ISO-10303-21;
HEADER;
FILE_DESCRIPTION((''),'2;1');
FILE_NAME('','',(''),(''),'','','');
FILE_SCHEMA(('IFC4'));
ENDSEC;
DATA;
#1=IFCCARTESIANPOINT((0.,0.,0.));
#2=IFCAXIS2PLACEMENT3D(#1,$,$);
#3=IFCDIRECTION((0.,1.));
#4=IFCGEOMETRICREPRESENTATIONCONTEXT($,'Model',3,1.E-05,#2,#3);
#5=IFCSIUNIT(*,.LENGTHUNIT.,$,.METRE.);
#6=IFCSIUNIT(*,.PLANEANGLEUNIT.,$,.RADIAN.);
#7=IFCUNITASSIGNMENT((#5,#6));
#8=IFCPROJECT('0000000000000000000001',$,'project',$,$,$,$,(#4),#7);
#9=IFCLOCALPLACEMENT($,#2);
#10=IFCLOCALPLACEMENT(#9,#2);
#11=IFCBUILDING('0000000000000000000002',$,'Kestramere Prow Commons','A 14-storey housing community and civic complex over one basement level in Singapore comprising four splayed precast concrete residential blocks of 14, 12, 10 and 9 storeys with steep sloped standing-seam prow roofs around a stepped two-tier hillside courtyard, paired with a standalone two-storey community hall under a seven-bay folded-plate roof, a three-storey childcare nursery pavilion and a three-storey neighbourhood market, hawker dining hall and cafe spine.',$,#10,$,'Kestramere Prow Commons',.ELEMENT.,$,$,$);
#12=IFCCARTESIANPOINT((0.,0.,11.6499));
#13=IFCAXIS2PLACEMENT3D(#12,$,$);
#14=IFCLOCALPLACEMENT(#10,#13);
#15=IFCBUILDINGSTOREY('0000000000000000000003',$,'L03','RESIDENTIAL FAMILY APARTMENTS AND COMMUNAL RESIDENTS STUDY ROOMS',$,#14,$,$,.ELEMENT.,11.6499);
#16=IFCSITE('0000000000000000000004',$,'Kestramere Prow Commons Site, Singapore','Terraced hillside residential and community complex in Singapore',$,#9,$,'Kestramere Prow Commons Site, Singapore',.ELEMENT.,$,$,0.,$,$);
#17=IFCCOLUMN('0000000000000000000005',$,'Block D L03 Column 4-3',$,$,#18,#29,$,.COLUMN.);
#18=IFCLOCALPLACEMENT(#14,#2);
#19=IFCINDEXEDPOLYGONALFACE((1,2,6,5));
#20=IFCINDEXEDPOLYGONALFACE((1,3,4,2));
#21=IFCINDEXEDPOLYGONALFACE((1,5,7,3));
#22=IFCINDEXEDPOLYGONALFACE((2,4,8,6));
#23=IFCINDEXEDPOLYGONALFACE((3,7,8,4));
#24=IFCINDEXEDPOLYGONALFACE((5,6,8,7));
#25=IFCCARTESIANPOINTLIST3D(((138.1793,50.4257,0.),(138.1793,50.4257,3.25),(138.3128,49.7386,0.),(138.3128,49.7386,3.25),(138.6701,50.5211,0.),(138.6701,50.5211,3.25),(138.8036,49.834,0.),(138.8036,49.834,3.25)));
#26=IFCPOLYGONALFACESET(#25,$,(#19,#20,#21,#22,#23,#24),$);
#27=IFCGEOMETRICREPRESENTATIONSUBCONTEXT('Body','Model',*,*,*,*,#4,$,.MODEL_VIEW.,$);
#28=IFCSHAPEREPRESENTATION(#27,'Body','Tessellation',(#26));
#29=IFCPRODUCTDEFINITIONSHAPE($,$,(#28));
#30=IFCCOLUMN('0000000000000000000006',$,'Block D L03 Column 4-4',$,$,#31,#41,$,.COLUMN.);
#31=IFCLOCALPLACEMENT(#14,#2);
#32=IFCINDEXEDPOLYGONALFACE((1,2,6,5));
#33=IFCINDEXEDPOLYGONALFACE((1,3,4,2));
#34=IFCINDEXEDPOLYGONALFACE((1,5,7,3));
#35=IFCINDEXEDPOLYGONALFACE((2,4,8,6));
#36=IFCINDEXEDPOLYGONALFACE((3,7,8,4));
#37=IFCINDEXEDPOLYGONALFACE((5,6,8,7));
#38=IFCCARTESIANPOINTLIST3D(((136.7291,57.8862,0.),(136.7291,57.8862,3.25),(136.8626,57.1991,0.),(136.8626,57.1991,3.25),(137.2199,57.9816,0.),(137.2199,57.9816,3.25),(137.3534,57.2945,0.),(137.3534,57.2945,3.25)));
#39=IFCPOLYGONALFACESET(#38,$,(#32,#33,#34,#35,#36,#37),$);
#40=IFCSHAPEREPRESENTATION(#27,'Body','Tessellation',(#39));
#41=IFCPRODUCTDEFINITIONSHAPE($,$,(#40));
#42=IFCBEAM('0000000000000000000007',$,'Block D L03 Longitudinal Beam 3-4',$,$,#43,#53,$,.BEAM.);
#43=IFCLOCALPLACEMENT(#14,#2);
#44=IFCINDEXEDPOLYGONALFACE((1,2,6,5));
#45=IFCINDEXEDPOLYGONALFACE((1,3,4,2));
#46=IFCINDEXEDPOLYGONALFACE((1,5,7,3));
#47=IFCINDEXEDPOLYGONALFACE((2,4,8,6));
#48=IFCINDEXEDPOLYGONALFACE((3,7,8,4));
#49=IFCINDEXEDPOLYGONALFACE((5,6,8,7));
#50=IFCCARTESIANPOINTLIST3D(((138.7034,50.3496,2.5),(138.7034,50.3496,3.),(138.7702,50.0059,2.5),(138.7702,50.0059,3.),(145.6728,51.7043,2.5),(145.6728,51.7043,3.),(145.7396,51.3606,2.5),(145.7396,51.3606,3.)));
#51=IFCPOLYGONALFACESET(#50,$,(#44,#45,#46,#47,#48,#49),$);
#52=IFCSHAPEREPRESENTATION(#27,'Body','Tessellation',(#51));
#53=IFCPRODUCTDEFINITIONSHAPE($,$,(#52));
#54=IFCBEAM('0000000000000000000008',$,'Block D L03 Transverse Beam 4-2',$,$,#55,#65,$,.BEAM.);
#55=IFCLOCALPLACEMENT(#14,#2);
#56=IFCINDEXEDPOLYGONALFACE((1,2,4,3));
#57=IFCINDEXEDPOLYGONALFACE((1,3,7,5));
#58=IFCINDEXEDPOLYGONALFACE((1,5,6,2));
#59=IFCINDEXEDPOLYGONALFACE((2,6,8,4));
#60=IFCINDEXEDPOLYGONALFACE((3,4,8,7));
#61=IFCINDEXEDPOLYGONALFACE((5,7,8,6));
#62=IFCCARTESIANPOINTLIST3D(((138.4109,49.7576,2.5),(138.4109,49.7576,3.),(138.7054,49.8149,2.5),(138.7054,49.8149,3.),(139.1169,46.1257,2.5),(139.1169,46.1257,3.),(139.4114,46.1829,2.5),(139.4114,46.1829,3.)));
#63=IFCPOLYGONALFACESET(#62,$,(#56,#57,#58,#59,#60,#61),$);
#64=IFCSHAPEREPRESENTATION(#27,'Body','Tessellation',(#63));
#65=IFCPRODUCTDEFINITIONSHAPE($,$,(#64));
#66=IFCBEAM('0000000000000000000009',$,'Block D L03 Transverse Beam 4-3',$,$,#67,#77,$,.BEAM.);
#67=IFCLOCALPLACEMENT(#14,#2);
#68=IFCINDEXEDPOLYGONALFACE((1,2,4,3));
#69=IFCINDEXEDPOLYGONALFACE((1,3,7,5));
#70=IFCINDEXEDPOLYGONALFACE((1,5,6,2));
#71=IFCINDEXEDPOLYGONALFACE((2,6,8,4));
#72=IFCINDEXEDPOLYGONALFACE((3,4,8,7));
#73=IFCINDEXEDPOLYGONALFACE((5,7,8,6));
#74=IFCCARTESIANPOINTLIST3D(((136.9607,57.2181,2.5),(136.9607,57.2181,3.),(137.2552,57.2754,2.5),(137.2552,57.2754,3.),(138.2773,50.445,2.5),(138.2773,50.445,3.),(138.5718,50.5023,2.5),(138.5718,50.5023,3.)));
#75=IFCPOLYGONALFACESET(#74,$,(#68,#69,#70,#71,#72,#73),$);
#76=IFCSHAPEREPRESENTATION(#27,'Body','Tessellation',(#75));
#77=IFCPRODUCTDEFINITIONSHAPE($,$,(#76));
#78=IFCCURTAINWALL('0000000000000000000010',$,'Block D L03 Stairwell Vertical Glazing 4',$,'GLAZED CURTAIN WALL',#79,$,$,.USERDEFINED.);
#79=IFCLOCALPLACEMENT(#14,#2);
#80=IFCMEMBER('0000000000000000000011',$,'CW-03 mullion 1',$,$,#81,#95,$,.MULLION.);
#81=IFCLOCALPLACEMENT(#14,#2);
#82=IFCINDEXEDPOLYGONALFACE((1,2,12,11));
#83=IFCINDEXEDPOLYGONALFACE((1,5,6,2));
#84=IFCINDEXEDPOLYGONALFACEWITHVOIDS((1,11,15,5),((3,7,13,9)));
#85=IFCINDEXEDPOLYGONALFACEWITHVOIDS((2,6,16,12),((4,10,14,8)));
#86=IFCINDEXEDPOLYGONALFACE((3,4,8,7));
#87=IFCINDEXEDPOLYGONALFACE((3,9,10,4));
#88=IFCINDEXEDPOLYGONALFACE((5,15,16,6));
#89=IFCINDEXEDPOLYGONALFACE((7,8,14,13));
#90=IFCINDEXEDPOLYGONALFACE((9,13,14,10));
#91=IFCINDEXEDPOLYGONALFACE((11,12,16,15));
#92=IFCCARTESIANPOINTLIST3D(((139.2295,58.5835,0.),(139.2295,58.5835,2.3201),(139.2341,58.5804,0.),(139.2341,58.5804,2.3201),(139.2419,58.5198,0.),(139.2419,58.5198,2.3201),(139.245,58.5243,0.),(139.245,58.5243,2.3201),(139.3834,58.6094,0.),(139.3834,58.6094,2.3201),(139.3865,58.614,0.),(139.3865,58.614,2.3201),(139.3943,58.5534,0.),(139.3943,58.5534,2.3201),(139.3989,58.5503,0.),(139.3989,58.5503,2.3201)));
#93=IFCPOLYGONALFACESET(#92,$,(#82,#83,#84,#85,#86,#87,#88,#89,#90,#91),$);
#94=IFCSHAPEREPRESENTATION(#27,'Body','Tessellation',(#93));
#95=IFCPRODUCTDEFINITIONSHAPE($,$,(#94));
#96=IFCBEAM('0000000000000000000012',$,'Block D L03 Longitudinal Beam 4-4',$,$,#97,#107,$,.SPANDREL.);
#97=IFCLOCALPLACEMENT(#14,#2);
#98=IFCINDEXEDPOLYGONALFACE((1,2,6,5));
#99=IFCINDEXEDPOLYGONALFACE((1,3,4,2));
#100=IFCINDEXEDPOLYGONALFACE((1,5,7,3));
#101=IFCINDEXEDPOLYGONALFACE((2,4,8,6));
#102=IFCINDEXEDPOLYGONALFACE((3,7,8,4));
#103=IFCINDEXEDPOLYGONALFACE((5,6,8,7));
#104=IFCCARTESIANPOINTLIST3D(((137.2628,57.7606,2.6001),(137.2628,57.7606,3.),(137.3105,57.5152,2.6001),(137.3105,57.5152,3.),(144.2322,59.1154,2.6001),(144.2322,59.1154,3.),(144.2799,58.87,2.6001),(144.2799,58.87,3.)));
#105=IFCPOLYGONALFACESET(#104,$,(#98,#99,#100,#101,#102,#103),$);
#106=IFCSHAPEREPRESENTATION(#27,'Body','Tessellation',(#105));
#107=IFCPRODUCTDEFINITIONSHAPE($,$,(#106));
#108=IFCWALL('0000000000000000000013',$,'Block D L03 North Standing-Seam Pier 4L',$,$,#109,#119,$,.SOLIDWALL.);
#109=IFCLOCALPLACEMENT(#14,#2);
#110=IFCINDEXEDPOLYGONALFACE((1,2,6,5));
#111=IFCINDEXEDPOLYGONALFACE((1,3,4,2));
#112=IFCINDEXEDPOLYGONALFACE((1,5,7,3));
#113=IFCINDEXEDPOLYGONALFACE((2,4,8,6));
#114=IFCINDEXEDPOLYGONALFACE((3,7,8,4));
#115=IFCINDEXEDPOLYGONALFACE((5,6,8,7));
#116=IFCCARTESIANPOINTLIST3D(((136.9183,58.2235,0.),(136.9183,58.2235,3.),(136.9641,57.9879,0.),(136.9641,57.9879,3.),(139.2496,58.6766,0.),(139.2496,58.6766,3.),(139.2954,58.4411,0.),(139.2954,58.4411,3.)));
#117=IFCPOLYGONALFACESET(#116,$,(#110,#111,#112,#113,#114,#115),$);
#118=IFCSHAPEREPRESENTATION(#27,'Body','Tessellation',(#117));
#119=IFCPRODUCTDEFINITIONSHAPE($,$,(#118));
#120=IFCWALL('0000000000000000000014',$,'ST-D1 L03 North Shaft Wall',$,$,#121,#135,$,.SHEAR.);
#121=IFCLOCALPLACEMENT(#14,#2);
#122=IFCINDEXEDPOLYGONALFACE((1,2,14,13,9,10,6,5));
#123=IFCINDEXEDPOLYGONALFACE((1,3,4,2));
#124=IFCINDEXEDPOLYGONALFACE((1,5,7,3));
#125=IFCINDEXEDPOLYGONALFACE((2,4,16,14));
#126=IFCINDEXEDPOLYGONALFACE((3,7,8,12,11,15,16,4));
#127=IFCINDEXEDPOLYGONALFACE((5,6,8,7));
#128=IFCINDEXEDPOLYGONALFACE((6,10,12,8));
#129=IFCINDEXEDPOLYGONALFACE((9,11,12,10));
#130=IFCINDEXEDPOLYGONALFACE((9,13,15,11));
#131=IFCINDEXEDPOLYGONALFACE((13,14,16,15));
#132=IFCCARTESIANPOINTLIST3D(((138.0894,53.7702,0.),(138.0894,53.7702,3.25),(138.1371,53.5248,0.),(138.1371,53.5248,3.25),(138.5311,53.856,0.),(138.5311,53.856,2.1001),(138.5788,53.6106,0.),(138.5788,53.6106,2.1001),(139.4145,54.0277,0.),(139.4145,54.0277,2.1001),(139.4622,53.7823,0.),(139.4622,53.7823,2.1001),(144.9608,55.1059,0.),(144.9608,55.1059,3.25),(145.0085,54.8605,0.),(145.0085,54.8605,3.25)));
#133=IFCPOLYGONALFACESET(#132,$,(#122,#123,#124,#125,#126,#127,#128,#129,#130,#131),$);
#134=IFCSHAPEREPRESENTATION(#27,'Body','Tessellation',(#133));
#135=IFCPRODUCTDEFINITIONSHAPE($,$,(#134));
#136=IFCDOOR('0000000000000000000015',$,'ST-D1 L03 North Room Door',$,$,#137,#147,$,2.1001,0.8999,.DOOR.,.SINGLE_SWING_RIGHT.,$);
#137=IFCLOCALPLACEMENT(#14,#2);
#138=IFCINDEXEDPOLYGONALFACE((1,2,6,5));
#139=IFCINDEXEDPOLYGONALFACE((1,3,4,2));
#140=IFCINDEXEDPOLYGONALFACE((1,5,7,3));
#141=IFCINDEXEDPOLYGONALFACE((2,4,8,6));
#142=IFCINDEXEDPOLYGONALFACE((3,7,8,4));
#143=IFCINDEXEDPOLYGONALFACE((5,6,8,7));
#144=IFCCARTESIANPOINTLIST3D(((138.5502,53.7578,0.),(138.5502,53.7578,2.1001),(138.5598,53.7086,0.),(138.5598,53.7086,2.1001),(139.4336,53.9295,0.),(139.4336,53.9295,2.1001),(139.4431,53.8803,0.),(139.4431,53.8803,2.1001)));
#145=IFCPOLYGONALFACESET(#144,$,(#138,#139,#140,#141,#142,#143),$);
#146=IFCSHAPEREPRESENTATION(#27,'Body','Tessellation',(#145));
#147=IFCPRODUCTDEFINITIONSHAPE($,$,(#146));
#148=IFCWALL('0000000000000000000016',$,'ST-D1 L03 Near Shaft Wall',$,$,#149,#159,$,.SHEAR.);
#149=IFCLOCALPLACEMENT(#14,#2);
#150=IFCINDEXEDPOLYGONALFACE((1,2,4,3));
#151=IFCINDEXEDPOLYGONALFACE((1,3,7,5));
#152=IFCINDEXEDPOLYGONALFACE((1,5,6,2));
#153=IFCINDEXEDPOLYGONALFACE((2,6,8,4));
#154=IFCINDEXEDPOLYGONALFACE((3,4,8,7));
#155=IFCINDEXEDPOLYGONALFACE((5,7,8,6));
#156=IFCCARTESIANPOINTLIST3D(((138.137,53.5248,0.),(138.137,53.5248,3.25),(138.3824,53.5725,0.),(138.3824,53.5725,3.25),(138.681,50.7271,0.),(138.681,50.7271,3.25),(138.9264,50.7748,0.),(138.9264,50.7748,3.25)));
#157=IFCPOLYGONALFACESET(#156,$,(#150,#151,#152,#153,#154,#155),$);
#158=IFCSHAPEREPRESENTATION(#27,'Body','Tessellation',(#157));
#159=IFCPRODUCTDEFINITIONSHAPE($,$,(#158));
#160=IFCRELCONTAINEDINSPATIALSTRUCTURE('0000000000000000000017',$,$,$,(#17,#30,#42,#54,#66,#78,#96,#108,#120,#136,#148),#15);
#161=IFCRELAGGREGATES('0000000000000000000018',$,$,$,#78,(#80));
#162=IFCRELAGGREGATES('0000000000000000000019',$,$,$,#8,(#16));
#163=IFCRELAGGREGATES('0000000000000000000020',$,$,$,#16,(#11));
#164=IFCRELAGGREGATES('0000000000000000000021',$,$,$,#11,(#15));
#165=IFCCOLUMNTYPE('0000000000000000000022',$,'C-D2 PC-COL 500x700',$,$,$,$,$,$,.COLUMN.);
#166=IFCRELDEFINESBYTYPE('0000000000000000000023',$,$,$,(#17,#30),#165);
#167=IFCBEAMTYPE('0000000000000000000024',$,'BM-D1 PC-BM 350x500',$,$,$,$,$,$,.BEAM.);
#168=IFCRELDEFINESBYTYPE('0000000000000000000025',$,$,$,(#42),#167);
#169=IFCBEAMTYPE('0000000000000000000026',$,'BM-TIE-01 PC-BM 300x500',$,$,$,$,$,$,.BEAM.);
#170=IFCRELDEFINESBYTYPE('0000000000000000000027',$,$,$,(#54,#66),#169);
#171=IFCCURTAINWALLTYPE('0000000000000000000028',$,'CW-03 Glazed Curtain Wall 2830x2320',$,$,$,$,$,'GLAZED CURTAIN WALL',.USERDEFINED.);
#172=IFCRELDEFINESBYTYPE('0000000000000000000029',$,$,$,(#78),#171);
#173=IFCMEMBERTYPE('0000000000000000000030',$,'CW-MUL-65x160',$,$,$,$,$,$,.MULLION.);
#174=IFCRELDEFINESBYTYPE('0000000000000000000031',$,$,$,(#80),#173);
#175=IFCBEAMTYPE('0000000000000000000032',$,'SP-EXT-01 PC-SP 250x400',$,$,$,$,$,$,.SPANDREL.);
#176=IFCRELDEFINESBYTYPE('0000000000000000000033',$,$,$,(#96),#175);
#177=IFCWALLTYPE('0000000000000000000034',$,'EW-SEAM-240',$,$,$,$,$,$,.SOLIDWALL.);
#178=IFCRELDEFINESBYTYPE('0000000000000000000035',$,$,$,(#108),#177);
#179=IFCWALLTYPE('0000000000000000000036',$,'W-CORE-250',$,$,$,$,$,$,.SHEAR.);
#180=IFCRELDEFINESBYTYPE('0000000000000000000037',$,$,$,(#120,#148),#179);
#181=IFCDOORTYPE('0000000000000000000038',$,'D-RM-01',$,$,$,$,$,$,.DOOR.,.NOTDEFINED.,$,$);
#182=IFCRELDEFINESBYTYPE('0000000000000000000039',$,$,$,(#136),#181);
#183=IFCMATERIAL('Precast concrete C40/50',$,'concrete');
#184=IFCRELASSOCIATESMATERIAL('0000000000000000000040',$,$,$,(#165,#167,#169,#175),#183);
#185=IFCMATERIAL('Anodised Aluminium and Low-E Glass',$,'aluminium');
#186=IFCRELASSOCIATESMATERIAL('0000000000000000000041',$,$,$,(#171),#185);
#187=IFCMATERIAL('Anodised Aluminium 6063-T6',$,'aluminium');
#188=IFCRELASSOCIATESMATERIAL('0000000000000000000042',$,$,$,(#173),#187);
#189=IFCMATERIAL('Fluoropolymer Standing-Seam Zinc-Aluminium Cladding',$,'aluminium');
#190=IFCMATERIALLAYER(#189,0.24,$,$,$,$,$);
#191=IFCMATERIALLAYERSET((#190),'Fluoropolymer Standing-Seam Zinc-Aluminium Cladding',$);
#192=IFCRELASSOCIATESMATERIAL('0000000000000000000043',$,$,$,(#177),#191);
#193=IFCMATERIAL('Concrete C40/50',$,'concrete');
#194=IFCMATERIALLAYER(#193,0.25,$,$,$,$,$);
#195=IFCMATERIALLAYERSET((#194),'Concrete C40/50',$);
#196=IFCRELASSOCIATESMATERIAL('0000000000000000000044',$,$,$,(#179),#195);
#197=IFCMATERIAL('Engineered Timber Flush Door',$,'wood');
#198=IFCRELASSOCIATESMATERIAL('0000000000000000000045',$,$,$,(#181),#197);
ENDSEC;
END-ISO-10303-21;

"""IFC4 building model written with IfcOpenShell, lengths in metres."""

from ifc_helpers import new_model, si_unit, direction, frame, frame_2d, origin, origin_2d, place, context, subcontext, project, spatial, rectangle, hollow_rectangle, extrude, material, layer, layer_set, material_profile, profile_set, type_object, element, fill, aggregate, save


model = new_model("IFC4")

# Units and contexts
model_context = context("Model", 3, precision=1e-05, world=origin(), true_north=direction((0.0, 1.0)))
body_context = subcontext(model_context, "Body", "Model", "MODEL_VIEW")
ifc_project = project(units=[si_unit("LENGTHUNIT", "METRE"), si_unit("PLANEANGLEUNIT", "RADIAN")], contexts=[model_context])

# Site, building, storey
site_placement = place(None, origin())
site = spatial("IfcSite", under=ifc_project, at=site_placement, Name="Kestramere Prow Commons Site, Singapore", Description="Terraced hillside residential and community complex in Singapore", LongName="Kestramere Prow Commons Site, Singapore", CompositionType="ELEMENT", RefElevation=0.0)
building_placement = place(site_placement, origin())
building = spatial("IfcBuilding", under=site, at=building_placement, Name="Kestramere Prow Commons", Description="A 14-storey housing community and civic complex over one basement level in Singapore comprising four splayed precast concrete residential blocks of 14, 12, 10 and 9 storeys with steep sloped standing-seam prow roofs around a stepped two-tier hillside courtyard, paired with a standalone two-storey community hall under a seven-bay folded-plate roof, a three-storey childcare nursery pavilion and a three-storey neighbourhood market, hawker dining hall and cafe spine.", LongName="Kestramere Prow Commons", CompositionType="ELEMENT")
storey_placement = place(building_placement, frame((0.0, 0.0, 11.6499)))
storey = spatial("IfcBuildingStorey", under=building, at=storey_placement, Name="L03", Description="RESIDENTIAL FAMILY APARTMENTS AND COMMUNAL RESIDENTS STUDY ROOMS", CompositionType="ELEMENT", Elevation=11.6499)

# Columns
ifc_material_1 = material(Name="Precast concrete C40/50", Category="concrete")
ifc_material_profile_1 = material_profile(ifc_material_1, rectangle(XDim=0.5, YDim=0.7, at=origin_2d()), Name="PC-COL 500x700")
ifc_profile_set_1 = profile_set([ifc_material_profile_1], Name="Precast concrete C40/50")
column_type = type_object("IfcColumnType", Name="C-D2 PC-COL 500x700", PredefinedType="COLUMN", material=ifc_profile_set_1)
for number, where, z_axis, x_axis, name in (
    (1, (138.4915, 50.1299, 0.0), (0.0, 0.0, 1.0), (0.981627, 0.190809, 0.0), "Block D L03 Column 4-3"),
    (2, (137.0413, 57.5903, 0.0), (0.0, 0.0, 1.0), (0.981627, 0.190809, 0.0), "Block D L03 Column 4-4"),
):
    element("IfcColumn", number, at=place(storey_placement, frame(where, z_axis=z_axis, x_axis=x_axis)), inside=storey, type_object=column_type, Name=name, PredefinedType="COLUMN", context=body_context, shape_type="SweptSolid", body=[
        extrude(rectangle(XDim=0.5, YDim=0.7, at=origin_2d()), origin(), (0.0, 0.0, 1.0), 3.25),
    ])

# Beams
ifc_material_profile_2 = material_profile(ifc_material_1, rectangle(XDim=0.3501, YDim=0.5, at=origin_2d()), Name="PC-BM 350x500")
ifc_profile_set_2 = profile_set([ifc_material_profile_2], Name="Precast concrete C40/50")
beam_type_1 = type_object("IfcBeamType", Name="BM-D1 PC-BM 350x500", PredefinedType="BEAM", material=ifc_profile_set_2)
beam_1_placement = place(storey_placement, frame((138.7368, 50.1777, 2.75), z_axis=(0.981627, 0.19081, 0.0), x_axis=(-0.19081, 0.981627, 0.0)))
element("IfcBeam", 3, at=beam_1_placement, inside=storey, type_object=beam_type_1, Name="Block D L03 Longitudinal Beam 3-4", PredefinedType="BEAM", context=body_context, shape_type="SweptSolid", body=[
    extrude(rectangle(XDim=0.3501, YDim=0.5, at=origin_2d()), origin(), (0.0, 0.0, 1.0), 7.0999),
])
ifc_material_profile_3 = material_profile(ifc_material_1, rectangle(XDim=0.3, YDim=0.5, at=origin_2d()), Name="PC-BM 300x500")
ifc_profile_set_3 = profile_set([ifc_material_profile_3], Name="Precast concrete C40/50")
beam_type_2 = type_object("IfcBeamType", Name="BM-TIE-01 PC-BM 300x500", PredefinedType="BEAM", material=ifc_profile_set_3)
beam_2_placement = place(storey_placement, frame((139.2642, 46.1543, 2.75), z_axis=(-0.190822, 0.981625, 0.0), x_axis=(-0.981625, -0.190822, 0.0)))
element("IfcBeam", 4, at=beam_2_placement, inside=storey, type_object=beam_type_2, Name="Block D L03 Transverse Beam 4-2", PredefinedType="BEAM", context=body_context, shape_type="SweptSolid", body=[
    extrude(rectangle(XDim=0.3, YDim=0.5, at=origin_2d()), origin(), (0.0, 0.0, 1.0), 3.7),
])
beam_3_placement = place(storey_placement, frame((138.4246, 50.4736, 2.75), z_axis=(-0.190819, 0.981625, 0.0), x_axis=(-0.981625, -0.190819, 0.0)))
element("IfcBeam", 5, at=beam_3_placement, inside=storey, type_object=beam_type_2, Name="Block D L03 Transverse Beam 4-3", PredefinedType="BEAM", context=body_context, shape_type="SweptSolid", body=[
    extrude(rectangle(XDim=0.3, YDim=0.5, at=origin_2d()), origin(), (0.0, 0.0, 1.0), 6.8999),
])

# Curtain wall, member
ifc_material_2 = material(Name="Anodised Aluminium and Low-E Glass", Category="aluminium")
curtain_wall_type = type_object("IfcCurtainWallType", Name="CW-03 Glazed Curtain Wall 2830x2320", ElementType="GLAZED CURTAIN WALL", PredefinedType="USERDEFINED", material=ifc_material_2)
curtain_wall_placement = place(storey_placement, origin())
curtain_wall = element("IfcCurtainWall", 6, at=curtain_wall_placement, inside=storey, type_object=curtain_wall_type, Name="Block D L03 Stairwell Vertical Glazing 4", ObjectType="GLAZED CURTAIN WALL", PredefinedType="USERDEFINED")
ifc_material_3 = material(Name="Anodised Aluminium 6063-T6", Category="aluminium")
ifc_material_profile_4 = material_profile(ifc_material_3, hollow_rectangle(XDim=0.0649, YDim=0.1599, WallThickness=0.0039, at=origin_2d()), Name="ALU-MUL 65x160")
ifc_profile_set_4 = profile_set([ifc_material_profile_4], Name="Anodised Aluminium 6063-T6")
member_type = type_object("IfcMemberType", Name="CW-MUL-65x160", PredefinedType="MULLION", material=ifc_profile_set_4)
member_placement = place(storey_placement, frame((139.3142, 58.5669, 0.0), z_axis=(0.0, 0.0, 1.0), x_axis=(-0.190809, 0.981627, 0.0)))
member = element("IfcMember", 7, at=member_placement, type_object=member_type, Name="CW-03 mullion 1", PredefinedType="MULLION", context=body_context, shape_type="SweptSolid", body=[
    extrude(hollow_rectangle(XDim=0.0649, YDim=0.1599, WallThickness=0.0039, at=origin_2d()), origin(), (0.0, 0.0, 1.0), 2.3201),
])
aggregate(curtain_wall, [member])

# Beam
ifc_material_profile_5 = material_profile(ifc_material_1, rectangle(XDim=0.25, YDim=0.3999, at=origin_2d()), Name="PC-SP 250x400")
ifc_profile_set_5 = profile_set([ifc_material_profile_5], Name="Precast concrete C40/50")
beam_type_3 = type_object("IfcBeamType", Name="SP-EXT-01 PC-SP 250x400", PredefinedType="SPANDREL", material=ifc_profile_set_5)
beam_4_placement = place(storey_placement, frame((137.2866, 57.6379, 2.8), z_axis=(0.981627, 0.19081, 0.0), x_axis=(-0.19081, 0.981627, 0.0)))
element("IfcBeam", 8, at=beam_4_placement, inside=storey, type_object=beam_type_3, Name="Block D L03 Longitudinal Beam 4-4", PredefinedType="SPANDREL", context=body_context, shape_type="SweptSolid", body=[
    extrude(rectangle(XDim=0.25, YDim=0.3999, at=origin_2d()), origin(), (0.0, 0.0, 1.0), 7.0999),
])

# Wall
ifc_material_4 = material(Name="Fluoropolymer Standing-Seam Zinc-Aluminium Cladding", Category="aluminium")
ifc_layer_1 = layer(ifc_material_4, 0.24)
ifc_layer_set_1 = layer_set([ifc_layer_1], Name="Fluoropolymer Standing-Seam Zinc-Aluminium Cladding")
wall_type_1 = type_object("IfcWallType", Name="EW-SEAM-240", PredefinedType="SOLIDWALL", material=ifc_layer_set_1)
wall_1_placement = place(storey_placement, frame((136.9412, 58.1057, 0.0), z_axis=(0.0, 0.0, 1.0), x_axis=(0.98163, 0.190795, 0.0)))
element("IfcWall", 9, at=wall_1_placement, inside=storey, type_object=wall_type_1, Name="Block D L03 North Standing-Seam Pier 4L", PredefinedType="SOLIDWALL", context=body_context, shape_type="SweptSolid", body=[
    extrude(rectangle(XDim=2.375, YDim=0.24, at=frame_2d((1.1875, 0.0))), origin(), (0.0, 0.0, 1.0), 3.0),
])

# Wall, opening, door
ifc_material_5 = material(Name="Concrete C40/50", Category="concrete")
ifc_layer_2 = layer(ifc_material_5, 0.25)
ifc_layer_set_2 = layer_set([ifc_layer_2], Name="Concrete C40/50")
wall_type_2 = type_object("IfcWallType", Name="W-CORE-250", PredefinedType="SHEAR", material=ifc_layer_set_2)
wall_2_placement = place(storey_placement, frame((138.1133, 53.6475, 0.0), z_axis=(0.0, 0.0, 1.0), x_axis=(0.981626, 0.190815, 0.0)))
wall_2 = element("IfcWall", 10, at=wall_2_placement, inside=storey, type_object=wall_type_2, Name="ST-D1 L03 North Shaft Wall", PredefinedType="SHEAR", context=body_context, shape_type="SweptSolid", body=[
    extrude(rectangle(XDim=7.0, YDim=0.25, at=frame_2d((3.5, 0.0))), origin(), (0.0, 0.0, 1.0), 3.25),
])
opening_1_placement = place(wall_2_placement, frame((0.45, 0.0, 0.0)))
opening_1 = element("IfcOpeningElement", 11, at=opening_1_placement, cuts=wall_2, PredefinedType="OPENING", context=body_context, shape_type="SweptSolid", body=[
    extrude(rectangle(XDim=0.8999, YDim=2.1001, at=frame_2d((0.45, 1.05))), frame((0.0, 0.1399, 0.0), z_axis=(0.0, -1.0, 0.0), x_axis=(1.0, 0.0, 0.0)), (0.0, 0.0, 1.0), 0.28),
])
ifc_material_6 = material(Name="Engineered Timber Flush Door", Category="wood")
door_type_1 = type_object("IfcDoorType", Name="D-RM-01", OperationType="NOTDEFINED", PredefinedType="DOOR", material=ifc_material_6)
door_1_placement = place(opening_1_placement, origin())
door_1 = element("IfcDoor", 12, at=door_1_placement, inside=storey, type_object=door_type_1, Name="ST-D1 L03 North Room Door", OperationType="SINGLE_SWING_RIGHT", OverallHeight=2.1001, OverallWidth=0.8999, PredefinedType="DOOR", context=body_context, shape_type="SweptSolid", body=[
    extrude(rectangle(XDim=0.8999, YDim=2.1001, at=frame_2d((0.45, 1.05))), frame((0.0, 0.0249, 0.0), z_axis=(0.0, -1.0, 0.0), x_axis=(1.0, 0.0, 0.0)), (0.0, 0.0, 1.0), 0.05),
])
fill(opening_1, door_1)

# Wall
wall_3_placement = place(storey_placement, frame((138.8037, 50.751, 0.0), z_axis=(0.0, 0.0, 1.0), x_axis=(-0.190858, 0.981618, 0.0)))
element("IfcWall", 13, at=wall_3_placement, inside=storey, type_object=wall_type_2, Name="ST-D1 L03 Near Shaft Wall", PredefinedType="SHEAR", context=body_context, shape_type="SweptSolid", body=[
    extrude(rectangle(XDim=2.8501, YDim=0.25, at=frame_2d((1.425, 0.0))), origin(), (0.0, 0.0, 1.0), 3.25),
])

save(model, "model.ifc")
